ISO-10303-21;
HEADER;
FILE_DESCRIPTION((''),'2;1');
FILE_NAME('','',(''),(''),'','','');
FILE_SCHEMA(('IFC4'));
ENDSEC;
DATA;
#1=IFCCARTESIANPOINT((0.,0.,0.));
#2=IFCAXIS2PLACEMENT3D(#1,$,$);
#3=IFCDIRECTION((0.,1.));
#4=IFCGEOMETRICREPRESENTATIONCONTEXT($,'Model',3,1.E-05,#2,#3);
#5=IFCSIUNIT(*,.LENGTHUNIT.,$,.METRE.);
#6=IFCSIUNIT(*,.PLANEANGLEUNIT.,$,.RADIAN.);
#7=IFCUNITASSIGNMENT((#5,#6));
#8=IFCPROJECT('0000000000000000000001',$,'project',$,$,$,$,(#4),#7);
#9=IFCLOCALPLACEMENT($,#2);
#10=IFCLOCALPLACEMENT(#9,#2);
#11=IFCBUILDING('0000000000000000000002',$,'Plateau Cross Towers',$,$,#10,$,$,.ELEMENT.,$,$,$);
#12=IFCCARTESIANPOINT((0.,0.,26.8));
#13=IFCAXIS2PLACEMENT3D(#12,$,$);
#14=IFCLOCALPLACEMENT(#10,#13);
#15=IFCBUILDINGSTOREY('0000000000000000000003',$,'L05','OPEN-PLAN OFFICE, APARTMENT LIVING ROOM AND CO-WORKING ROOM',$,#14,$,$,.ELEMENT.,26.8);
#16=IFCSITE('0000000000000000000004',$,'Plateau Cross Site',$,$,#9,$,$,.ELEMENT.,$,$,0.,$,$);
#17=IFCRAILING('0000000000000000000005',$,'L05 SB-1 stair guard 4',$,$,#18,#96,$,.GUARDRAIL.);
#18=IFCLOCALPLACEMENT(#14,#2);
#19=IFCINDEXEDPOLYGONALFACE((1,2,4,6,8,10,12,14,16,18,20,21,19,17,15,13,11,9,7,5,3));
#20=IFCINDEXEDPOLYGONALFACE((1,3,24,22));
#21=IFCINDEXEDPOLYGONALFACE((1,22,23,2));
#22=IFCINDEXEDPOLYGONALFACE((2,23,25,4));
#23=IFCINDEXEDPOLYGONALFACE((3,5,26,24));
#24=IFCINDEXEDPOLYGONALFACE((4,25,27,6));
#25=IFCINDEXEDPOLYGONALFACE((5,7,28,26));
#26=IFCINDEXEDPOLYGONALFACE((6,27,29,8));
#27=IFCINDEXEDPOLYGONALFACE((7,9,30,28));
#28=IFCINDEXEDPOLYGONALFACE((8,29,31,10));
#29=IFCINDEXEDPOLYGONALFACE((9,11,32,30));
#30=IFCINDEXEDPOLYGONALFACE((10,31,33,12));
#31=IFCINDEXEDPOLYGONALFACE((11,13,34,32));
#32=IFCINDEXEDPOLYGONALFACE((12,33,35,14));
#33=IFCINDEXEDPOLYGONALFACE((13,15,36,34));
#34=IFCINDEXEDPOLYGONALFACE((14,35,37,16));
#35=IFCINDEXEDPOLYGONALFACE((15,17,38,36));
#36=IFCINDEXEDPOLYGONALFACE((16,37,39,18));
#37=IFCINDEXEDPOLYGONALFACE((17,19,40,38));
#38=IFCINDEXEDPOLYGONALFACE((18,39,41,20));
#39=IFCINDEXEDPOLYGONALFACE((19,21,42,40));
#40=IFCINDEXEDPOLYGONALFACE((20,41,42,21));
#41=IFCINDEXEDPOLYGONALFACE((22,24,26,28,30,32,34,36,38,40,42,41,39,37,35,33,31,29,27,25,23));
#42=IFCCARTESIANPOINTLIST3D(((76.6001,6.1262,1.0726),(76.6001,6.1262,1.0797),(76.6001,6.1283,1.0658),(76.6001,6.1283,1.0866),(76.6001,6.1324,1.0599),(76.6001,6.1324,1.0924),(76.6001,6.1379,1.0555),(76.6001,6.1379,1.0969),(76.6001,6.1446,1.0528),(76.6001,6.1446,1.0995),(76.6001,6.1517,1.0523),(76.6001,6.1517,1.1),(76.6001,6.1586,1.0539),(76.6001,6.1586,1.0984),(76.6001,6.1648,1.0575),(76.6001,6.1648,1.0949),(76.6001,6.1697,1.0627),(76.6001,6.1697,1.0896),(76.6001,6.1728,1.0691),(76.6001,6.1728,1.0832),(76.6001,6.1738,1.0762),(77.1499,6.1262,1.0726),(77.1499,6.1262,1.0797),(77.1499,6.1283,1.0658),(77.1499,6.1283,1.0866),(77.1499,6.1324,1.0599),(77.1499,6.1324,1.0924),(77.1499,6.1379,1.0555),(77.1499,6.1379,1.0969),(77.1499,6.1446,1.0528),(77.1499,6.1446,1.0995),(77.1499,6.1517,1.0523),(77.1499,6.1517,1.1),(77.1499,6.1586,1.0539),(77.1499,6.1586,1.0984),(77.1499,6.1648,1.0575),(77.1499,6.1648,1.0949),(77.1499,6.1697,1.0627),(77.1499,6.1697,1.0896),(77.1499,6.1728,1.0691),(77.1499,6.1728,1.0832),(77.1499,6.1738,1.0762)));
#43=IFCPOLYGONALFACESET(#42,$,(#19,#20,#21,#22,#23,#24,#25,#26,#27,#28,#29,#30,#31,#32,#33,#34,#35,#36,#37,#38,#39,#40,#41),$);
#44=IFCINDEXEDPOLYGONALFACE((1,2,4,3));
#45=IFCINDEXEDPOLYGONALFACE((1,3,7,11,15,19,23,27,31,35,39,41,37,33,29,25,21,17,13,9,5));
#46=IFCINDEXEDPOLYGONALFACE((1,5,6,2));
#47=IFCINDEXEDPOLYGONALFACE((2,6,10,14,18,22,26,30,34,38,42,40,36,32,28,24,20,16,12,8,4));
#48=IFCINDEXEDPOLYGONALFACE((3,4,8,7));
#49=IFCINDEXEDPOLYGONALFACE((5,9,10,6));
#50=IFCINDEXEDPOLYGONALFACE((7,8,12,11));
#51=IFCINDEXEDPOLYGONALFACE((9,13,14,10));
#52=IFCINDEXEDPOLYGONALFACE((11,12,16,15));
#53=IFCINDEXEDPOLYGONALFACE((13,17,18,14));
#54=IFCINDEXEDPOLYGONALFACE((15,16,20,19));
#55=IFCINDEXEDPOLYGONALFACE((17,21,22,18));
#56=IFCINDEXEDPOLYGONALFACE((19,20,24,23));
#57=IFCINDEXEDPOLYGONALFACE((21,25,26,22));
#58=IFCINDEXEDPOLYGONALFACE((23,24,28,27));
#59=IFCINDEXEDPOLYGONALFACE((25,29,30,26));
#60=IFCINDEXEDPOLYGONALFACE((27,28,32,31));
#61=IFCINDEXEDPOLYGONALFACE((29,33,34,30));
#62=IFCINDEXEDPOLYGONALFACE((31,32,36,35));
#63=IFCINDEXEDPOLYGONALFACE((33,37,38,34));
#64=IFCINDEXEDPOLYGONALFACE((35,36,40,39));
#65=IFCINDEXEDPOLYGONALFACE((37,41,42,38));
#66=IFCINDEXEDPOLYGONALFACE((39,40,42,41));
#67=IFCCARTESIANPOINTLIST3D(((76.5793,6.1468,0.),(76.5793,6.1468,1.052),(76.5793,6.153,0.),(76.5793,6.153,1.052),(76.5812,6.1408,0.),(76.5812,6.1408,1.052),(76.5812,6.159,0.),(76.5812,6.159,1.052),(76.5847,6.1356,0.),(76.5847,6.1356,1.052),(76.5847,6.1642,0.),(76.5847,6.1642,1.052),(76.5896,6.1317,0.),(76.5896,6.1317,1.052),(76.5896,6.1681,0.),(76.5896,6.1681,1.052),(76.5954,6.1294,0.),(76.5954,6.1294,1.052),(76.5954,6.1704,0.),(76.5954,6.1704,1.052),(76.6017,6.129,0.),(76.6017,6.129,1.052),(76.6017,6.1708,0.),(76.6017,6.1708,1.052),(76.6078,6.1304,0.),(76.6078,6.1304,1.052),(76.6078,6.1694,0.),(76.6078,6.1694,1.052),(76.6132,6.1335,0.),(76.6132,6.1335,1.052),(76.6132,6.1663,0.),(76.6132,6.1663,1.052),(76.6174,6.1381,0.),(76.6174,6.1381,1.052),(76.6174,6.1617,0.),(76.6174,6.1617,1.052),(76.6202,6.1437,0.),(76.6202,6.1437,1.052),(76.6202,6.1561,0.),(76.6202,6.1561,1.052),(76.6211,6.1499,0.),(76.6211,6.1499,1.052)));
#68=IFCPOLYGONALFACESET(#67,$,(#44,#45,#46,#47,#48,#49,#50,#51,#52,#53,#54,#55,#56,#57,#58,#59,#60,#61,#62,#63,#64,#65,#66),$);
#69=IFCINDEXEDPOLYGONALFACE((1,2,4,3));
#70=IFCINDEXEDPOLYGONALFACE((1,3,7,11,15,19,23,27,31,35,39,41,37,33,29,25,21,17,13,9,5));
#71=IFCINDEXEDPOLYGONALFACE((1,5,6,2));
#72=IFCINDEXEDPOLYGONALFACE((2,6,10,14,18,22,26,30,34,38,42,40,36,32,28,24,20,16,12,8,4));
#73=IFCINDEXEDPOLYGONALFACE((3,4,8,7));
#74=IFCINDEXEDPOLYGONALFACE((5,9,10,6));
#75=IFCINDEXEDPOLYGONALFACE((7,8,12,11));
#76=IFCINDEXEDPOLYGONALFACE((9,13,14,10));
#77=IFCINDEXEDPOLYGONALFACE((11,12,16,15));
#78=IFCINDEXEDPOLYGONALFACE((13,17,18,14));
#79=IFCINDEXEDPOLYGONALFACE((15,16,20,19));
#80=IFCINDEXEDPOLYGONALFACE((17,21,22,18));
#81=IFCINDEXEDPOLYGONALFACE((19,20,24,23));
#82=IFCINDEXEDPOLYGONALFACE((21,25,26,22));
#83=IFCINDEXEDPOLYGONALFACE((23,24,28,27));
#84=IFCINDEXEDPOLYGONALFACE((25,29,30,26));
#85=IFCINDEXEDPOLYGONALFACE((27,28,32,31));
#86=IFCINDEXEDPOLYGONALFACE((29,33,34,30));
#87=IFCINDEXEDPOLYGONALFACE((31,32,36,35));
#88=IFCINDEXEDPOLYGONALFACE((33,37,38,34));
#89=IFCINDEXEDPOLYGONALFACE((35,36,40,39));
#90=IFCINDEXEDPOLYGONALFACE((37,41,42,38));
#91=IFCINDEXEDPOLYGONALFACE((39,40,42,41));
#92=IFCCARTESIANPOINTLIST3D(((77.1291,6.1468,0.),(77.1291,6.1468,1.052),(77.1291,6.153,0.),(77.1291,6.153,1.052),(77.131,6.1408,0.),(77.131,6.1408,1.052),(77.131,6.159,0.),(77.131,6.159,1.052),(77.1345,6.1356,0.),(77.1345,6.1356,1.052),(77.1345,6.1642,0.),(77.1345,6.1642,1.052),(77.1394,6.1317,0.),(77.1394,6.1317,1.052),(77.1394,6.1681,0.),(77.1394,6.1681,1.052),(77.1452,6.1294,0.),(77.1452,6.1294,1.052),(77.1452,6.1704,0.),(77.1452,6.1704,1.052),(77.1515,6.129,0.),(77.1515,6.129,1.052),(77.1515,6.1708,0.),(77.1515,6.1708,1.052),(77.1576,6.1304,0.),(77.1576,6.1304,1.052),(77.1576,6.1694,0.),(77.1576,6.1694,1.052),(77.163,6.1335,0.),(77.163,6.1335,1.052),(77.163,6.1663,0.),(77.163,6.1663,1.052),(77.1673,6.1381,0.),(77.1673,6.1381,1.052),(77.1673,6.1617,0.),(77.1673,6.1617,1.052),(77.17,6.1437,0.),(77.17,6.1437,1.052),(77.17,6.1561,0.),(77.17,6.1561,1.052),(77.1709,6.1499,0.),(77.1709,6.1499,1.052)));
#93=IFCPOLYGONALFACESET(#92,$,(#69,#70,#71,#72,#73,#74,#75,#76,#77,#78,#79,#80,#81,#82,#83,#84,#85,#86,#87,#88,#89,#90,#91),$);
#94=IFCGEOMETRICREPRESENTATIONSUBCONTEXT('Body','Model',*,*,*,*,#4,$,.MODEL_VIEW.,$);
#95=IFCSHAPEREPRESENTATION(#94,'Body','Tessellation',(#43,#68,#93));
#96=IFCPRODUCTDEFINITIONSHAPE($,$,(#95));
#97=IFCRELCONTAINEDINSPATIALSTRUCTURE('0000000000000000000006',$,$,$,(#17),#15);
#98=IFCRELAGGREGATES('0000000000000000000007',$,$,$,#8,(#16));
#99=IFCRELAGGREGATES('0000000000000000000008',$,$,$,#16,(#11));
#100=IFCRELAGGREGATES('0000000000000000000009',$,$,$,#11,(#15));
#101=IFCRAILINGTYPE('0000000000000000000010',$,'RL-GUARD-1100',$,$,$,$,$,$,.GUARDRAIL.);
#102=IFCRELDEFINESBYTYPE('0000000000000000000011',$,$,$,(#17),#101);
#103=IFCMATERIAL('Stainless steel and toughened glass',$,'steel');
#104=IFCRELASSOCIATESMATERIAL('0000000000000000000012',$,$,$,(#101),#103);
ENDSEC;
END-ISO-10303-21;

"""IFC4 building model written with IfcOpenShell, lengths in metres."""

from ifc_helpers import new_model, si_unit, direction, frame, origin, origin_2d, place, context, subcontext, project, spatial, circle, extrude, material, type_object, element, save


model = new_model("IFC4")

# Units and contexts
model_context = context("Model", 3, precision=1e-05, world=origin(), true_north=direction((0.0, 1.0)))
body_context = subcontext(model_context, "Body", "Model", "MODEL_VIEW")
ifc_project = project(units=[si_unit("LENGTHUNIT", "METRE"), si_unit("PLANEANGLEUNIT", "RADIAN")], contexts=[model_context])

# Site, building, storey
site_placement = place(None, origin())
site = spatial("IfcSite", under=ifc_project, at=site_placement, Name="Plateau Cross Site", CompositionType="ELEMENT", RefElevation=0.0)
building_placement = place(site_placement, origin())
building = spatial("IfcBuilding", under=site, at=building_placement, Name="Plateau Cross Towers", CompositionType="ELEMENT")
storey_placement = place(building_placement, frame((0.0, 0.0, 26.8)))
storey = spatial("IfcBuildingStorey", under=building, at=storey_placement, Name="L05", Description="OPEN-PLAN OFFICE, APARTMENT LIVING ROOM AND CO-WORKING ROOM", CompositionType="ELEMENT", Elevation=26.8)

# Railing
ifc_material_1 = material(Name="Stainless steel and toughened glass", Category="steel")
railing_type_1 = type_object("IfcRailingType", Name="RL-GUARD-1100", PredefinedType="GUARDRAIL", material=ifc_material_1)
railing_1_placement = place(storey_placement, frame((76.6001, 6.1499, 0.0)))
element("IfcRailing", 1, at=railing_1_placement, inside=storey, type_object=railing_type_1, Name="L05 SB-1 stair guard 4", PredefinedType="GUARDRAIL", context=body_context, shape_type="SweptSolid", body=[
    extrude(circle(Radius=0.0239, at=origin_2d()), frame((0.0, 0.0, 1.0762), z_axis=(1.0, 0.0, 0.0), x_axis=(0.0, 1.0, 0.0)), (0.0, 0.0, 1.0), 0.5498),
    extrude(circle(Radius=0.021, at=origin_2d()), origin(), (0.0, 0.0, 1.0), 1.052),
    extrude(circle(Radius=0.021, at=origin_2d()), frame((0.5498, 0.0, 0.0)), (0.0, 0.0, 1.0), 1.052),
])

save(model, "model.ifc")
